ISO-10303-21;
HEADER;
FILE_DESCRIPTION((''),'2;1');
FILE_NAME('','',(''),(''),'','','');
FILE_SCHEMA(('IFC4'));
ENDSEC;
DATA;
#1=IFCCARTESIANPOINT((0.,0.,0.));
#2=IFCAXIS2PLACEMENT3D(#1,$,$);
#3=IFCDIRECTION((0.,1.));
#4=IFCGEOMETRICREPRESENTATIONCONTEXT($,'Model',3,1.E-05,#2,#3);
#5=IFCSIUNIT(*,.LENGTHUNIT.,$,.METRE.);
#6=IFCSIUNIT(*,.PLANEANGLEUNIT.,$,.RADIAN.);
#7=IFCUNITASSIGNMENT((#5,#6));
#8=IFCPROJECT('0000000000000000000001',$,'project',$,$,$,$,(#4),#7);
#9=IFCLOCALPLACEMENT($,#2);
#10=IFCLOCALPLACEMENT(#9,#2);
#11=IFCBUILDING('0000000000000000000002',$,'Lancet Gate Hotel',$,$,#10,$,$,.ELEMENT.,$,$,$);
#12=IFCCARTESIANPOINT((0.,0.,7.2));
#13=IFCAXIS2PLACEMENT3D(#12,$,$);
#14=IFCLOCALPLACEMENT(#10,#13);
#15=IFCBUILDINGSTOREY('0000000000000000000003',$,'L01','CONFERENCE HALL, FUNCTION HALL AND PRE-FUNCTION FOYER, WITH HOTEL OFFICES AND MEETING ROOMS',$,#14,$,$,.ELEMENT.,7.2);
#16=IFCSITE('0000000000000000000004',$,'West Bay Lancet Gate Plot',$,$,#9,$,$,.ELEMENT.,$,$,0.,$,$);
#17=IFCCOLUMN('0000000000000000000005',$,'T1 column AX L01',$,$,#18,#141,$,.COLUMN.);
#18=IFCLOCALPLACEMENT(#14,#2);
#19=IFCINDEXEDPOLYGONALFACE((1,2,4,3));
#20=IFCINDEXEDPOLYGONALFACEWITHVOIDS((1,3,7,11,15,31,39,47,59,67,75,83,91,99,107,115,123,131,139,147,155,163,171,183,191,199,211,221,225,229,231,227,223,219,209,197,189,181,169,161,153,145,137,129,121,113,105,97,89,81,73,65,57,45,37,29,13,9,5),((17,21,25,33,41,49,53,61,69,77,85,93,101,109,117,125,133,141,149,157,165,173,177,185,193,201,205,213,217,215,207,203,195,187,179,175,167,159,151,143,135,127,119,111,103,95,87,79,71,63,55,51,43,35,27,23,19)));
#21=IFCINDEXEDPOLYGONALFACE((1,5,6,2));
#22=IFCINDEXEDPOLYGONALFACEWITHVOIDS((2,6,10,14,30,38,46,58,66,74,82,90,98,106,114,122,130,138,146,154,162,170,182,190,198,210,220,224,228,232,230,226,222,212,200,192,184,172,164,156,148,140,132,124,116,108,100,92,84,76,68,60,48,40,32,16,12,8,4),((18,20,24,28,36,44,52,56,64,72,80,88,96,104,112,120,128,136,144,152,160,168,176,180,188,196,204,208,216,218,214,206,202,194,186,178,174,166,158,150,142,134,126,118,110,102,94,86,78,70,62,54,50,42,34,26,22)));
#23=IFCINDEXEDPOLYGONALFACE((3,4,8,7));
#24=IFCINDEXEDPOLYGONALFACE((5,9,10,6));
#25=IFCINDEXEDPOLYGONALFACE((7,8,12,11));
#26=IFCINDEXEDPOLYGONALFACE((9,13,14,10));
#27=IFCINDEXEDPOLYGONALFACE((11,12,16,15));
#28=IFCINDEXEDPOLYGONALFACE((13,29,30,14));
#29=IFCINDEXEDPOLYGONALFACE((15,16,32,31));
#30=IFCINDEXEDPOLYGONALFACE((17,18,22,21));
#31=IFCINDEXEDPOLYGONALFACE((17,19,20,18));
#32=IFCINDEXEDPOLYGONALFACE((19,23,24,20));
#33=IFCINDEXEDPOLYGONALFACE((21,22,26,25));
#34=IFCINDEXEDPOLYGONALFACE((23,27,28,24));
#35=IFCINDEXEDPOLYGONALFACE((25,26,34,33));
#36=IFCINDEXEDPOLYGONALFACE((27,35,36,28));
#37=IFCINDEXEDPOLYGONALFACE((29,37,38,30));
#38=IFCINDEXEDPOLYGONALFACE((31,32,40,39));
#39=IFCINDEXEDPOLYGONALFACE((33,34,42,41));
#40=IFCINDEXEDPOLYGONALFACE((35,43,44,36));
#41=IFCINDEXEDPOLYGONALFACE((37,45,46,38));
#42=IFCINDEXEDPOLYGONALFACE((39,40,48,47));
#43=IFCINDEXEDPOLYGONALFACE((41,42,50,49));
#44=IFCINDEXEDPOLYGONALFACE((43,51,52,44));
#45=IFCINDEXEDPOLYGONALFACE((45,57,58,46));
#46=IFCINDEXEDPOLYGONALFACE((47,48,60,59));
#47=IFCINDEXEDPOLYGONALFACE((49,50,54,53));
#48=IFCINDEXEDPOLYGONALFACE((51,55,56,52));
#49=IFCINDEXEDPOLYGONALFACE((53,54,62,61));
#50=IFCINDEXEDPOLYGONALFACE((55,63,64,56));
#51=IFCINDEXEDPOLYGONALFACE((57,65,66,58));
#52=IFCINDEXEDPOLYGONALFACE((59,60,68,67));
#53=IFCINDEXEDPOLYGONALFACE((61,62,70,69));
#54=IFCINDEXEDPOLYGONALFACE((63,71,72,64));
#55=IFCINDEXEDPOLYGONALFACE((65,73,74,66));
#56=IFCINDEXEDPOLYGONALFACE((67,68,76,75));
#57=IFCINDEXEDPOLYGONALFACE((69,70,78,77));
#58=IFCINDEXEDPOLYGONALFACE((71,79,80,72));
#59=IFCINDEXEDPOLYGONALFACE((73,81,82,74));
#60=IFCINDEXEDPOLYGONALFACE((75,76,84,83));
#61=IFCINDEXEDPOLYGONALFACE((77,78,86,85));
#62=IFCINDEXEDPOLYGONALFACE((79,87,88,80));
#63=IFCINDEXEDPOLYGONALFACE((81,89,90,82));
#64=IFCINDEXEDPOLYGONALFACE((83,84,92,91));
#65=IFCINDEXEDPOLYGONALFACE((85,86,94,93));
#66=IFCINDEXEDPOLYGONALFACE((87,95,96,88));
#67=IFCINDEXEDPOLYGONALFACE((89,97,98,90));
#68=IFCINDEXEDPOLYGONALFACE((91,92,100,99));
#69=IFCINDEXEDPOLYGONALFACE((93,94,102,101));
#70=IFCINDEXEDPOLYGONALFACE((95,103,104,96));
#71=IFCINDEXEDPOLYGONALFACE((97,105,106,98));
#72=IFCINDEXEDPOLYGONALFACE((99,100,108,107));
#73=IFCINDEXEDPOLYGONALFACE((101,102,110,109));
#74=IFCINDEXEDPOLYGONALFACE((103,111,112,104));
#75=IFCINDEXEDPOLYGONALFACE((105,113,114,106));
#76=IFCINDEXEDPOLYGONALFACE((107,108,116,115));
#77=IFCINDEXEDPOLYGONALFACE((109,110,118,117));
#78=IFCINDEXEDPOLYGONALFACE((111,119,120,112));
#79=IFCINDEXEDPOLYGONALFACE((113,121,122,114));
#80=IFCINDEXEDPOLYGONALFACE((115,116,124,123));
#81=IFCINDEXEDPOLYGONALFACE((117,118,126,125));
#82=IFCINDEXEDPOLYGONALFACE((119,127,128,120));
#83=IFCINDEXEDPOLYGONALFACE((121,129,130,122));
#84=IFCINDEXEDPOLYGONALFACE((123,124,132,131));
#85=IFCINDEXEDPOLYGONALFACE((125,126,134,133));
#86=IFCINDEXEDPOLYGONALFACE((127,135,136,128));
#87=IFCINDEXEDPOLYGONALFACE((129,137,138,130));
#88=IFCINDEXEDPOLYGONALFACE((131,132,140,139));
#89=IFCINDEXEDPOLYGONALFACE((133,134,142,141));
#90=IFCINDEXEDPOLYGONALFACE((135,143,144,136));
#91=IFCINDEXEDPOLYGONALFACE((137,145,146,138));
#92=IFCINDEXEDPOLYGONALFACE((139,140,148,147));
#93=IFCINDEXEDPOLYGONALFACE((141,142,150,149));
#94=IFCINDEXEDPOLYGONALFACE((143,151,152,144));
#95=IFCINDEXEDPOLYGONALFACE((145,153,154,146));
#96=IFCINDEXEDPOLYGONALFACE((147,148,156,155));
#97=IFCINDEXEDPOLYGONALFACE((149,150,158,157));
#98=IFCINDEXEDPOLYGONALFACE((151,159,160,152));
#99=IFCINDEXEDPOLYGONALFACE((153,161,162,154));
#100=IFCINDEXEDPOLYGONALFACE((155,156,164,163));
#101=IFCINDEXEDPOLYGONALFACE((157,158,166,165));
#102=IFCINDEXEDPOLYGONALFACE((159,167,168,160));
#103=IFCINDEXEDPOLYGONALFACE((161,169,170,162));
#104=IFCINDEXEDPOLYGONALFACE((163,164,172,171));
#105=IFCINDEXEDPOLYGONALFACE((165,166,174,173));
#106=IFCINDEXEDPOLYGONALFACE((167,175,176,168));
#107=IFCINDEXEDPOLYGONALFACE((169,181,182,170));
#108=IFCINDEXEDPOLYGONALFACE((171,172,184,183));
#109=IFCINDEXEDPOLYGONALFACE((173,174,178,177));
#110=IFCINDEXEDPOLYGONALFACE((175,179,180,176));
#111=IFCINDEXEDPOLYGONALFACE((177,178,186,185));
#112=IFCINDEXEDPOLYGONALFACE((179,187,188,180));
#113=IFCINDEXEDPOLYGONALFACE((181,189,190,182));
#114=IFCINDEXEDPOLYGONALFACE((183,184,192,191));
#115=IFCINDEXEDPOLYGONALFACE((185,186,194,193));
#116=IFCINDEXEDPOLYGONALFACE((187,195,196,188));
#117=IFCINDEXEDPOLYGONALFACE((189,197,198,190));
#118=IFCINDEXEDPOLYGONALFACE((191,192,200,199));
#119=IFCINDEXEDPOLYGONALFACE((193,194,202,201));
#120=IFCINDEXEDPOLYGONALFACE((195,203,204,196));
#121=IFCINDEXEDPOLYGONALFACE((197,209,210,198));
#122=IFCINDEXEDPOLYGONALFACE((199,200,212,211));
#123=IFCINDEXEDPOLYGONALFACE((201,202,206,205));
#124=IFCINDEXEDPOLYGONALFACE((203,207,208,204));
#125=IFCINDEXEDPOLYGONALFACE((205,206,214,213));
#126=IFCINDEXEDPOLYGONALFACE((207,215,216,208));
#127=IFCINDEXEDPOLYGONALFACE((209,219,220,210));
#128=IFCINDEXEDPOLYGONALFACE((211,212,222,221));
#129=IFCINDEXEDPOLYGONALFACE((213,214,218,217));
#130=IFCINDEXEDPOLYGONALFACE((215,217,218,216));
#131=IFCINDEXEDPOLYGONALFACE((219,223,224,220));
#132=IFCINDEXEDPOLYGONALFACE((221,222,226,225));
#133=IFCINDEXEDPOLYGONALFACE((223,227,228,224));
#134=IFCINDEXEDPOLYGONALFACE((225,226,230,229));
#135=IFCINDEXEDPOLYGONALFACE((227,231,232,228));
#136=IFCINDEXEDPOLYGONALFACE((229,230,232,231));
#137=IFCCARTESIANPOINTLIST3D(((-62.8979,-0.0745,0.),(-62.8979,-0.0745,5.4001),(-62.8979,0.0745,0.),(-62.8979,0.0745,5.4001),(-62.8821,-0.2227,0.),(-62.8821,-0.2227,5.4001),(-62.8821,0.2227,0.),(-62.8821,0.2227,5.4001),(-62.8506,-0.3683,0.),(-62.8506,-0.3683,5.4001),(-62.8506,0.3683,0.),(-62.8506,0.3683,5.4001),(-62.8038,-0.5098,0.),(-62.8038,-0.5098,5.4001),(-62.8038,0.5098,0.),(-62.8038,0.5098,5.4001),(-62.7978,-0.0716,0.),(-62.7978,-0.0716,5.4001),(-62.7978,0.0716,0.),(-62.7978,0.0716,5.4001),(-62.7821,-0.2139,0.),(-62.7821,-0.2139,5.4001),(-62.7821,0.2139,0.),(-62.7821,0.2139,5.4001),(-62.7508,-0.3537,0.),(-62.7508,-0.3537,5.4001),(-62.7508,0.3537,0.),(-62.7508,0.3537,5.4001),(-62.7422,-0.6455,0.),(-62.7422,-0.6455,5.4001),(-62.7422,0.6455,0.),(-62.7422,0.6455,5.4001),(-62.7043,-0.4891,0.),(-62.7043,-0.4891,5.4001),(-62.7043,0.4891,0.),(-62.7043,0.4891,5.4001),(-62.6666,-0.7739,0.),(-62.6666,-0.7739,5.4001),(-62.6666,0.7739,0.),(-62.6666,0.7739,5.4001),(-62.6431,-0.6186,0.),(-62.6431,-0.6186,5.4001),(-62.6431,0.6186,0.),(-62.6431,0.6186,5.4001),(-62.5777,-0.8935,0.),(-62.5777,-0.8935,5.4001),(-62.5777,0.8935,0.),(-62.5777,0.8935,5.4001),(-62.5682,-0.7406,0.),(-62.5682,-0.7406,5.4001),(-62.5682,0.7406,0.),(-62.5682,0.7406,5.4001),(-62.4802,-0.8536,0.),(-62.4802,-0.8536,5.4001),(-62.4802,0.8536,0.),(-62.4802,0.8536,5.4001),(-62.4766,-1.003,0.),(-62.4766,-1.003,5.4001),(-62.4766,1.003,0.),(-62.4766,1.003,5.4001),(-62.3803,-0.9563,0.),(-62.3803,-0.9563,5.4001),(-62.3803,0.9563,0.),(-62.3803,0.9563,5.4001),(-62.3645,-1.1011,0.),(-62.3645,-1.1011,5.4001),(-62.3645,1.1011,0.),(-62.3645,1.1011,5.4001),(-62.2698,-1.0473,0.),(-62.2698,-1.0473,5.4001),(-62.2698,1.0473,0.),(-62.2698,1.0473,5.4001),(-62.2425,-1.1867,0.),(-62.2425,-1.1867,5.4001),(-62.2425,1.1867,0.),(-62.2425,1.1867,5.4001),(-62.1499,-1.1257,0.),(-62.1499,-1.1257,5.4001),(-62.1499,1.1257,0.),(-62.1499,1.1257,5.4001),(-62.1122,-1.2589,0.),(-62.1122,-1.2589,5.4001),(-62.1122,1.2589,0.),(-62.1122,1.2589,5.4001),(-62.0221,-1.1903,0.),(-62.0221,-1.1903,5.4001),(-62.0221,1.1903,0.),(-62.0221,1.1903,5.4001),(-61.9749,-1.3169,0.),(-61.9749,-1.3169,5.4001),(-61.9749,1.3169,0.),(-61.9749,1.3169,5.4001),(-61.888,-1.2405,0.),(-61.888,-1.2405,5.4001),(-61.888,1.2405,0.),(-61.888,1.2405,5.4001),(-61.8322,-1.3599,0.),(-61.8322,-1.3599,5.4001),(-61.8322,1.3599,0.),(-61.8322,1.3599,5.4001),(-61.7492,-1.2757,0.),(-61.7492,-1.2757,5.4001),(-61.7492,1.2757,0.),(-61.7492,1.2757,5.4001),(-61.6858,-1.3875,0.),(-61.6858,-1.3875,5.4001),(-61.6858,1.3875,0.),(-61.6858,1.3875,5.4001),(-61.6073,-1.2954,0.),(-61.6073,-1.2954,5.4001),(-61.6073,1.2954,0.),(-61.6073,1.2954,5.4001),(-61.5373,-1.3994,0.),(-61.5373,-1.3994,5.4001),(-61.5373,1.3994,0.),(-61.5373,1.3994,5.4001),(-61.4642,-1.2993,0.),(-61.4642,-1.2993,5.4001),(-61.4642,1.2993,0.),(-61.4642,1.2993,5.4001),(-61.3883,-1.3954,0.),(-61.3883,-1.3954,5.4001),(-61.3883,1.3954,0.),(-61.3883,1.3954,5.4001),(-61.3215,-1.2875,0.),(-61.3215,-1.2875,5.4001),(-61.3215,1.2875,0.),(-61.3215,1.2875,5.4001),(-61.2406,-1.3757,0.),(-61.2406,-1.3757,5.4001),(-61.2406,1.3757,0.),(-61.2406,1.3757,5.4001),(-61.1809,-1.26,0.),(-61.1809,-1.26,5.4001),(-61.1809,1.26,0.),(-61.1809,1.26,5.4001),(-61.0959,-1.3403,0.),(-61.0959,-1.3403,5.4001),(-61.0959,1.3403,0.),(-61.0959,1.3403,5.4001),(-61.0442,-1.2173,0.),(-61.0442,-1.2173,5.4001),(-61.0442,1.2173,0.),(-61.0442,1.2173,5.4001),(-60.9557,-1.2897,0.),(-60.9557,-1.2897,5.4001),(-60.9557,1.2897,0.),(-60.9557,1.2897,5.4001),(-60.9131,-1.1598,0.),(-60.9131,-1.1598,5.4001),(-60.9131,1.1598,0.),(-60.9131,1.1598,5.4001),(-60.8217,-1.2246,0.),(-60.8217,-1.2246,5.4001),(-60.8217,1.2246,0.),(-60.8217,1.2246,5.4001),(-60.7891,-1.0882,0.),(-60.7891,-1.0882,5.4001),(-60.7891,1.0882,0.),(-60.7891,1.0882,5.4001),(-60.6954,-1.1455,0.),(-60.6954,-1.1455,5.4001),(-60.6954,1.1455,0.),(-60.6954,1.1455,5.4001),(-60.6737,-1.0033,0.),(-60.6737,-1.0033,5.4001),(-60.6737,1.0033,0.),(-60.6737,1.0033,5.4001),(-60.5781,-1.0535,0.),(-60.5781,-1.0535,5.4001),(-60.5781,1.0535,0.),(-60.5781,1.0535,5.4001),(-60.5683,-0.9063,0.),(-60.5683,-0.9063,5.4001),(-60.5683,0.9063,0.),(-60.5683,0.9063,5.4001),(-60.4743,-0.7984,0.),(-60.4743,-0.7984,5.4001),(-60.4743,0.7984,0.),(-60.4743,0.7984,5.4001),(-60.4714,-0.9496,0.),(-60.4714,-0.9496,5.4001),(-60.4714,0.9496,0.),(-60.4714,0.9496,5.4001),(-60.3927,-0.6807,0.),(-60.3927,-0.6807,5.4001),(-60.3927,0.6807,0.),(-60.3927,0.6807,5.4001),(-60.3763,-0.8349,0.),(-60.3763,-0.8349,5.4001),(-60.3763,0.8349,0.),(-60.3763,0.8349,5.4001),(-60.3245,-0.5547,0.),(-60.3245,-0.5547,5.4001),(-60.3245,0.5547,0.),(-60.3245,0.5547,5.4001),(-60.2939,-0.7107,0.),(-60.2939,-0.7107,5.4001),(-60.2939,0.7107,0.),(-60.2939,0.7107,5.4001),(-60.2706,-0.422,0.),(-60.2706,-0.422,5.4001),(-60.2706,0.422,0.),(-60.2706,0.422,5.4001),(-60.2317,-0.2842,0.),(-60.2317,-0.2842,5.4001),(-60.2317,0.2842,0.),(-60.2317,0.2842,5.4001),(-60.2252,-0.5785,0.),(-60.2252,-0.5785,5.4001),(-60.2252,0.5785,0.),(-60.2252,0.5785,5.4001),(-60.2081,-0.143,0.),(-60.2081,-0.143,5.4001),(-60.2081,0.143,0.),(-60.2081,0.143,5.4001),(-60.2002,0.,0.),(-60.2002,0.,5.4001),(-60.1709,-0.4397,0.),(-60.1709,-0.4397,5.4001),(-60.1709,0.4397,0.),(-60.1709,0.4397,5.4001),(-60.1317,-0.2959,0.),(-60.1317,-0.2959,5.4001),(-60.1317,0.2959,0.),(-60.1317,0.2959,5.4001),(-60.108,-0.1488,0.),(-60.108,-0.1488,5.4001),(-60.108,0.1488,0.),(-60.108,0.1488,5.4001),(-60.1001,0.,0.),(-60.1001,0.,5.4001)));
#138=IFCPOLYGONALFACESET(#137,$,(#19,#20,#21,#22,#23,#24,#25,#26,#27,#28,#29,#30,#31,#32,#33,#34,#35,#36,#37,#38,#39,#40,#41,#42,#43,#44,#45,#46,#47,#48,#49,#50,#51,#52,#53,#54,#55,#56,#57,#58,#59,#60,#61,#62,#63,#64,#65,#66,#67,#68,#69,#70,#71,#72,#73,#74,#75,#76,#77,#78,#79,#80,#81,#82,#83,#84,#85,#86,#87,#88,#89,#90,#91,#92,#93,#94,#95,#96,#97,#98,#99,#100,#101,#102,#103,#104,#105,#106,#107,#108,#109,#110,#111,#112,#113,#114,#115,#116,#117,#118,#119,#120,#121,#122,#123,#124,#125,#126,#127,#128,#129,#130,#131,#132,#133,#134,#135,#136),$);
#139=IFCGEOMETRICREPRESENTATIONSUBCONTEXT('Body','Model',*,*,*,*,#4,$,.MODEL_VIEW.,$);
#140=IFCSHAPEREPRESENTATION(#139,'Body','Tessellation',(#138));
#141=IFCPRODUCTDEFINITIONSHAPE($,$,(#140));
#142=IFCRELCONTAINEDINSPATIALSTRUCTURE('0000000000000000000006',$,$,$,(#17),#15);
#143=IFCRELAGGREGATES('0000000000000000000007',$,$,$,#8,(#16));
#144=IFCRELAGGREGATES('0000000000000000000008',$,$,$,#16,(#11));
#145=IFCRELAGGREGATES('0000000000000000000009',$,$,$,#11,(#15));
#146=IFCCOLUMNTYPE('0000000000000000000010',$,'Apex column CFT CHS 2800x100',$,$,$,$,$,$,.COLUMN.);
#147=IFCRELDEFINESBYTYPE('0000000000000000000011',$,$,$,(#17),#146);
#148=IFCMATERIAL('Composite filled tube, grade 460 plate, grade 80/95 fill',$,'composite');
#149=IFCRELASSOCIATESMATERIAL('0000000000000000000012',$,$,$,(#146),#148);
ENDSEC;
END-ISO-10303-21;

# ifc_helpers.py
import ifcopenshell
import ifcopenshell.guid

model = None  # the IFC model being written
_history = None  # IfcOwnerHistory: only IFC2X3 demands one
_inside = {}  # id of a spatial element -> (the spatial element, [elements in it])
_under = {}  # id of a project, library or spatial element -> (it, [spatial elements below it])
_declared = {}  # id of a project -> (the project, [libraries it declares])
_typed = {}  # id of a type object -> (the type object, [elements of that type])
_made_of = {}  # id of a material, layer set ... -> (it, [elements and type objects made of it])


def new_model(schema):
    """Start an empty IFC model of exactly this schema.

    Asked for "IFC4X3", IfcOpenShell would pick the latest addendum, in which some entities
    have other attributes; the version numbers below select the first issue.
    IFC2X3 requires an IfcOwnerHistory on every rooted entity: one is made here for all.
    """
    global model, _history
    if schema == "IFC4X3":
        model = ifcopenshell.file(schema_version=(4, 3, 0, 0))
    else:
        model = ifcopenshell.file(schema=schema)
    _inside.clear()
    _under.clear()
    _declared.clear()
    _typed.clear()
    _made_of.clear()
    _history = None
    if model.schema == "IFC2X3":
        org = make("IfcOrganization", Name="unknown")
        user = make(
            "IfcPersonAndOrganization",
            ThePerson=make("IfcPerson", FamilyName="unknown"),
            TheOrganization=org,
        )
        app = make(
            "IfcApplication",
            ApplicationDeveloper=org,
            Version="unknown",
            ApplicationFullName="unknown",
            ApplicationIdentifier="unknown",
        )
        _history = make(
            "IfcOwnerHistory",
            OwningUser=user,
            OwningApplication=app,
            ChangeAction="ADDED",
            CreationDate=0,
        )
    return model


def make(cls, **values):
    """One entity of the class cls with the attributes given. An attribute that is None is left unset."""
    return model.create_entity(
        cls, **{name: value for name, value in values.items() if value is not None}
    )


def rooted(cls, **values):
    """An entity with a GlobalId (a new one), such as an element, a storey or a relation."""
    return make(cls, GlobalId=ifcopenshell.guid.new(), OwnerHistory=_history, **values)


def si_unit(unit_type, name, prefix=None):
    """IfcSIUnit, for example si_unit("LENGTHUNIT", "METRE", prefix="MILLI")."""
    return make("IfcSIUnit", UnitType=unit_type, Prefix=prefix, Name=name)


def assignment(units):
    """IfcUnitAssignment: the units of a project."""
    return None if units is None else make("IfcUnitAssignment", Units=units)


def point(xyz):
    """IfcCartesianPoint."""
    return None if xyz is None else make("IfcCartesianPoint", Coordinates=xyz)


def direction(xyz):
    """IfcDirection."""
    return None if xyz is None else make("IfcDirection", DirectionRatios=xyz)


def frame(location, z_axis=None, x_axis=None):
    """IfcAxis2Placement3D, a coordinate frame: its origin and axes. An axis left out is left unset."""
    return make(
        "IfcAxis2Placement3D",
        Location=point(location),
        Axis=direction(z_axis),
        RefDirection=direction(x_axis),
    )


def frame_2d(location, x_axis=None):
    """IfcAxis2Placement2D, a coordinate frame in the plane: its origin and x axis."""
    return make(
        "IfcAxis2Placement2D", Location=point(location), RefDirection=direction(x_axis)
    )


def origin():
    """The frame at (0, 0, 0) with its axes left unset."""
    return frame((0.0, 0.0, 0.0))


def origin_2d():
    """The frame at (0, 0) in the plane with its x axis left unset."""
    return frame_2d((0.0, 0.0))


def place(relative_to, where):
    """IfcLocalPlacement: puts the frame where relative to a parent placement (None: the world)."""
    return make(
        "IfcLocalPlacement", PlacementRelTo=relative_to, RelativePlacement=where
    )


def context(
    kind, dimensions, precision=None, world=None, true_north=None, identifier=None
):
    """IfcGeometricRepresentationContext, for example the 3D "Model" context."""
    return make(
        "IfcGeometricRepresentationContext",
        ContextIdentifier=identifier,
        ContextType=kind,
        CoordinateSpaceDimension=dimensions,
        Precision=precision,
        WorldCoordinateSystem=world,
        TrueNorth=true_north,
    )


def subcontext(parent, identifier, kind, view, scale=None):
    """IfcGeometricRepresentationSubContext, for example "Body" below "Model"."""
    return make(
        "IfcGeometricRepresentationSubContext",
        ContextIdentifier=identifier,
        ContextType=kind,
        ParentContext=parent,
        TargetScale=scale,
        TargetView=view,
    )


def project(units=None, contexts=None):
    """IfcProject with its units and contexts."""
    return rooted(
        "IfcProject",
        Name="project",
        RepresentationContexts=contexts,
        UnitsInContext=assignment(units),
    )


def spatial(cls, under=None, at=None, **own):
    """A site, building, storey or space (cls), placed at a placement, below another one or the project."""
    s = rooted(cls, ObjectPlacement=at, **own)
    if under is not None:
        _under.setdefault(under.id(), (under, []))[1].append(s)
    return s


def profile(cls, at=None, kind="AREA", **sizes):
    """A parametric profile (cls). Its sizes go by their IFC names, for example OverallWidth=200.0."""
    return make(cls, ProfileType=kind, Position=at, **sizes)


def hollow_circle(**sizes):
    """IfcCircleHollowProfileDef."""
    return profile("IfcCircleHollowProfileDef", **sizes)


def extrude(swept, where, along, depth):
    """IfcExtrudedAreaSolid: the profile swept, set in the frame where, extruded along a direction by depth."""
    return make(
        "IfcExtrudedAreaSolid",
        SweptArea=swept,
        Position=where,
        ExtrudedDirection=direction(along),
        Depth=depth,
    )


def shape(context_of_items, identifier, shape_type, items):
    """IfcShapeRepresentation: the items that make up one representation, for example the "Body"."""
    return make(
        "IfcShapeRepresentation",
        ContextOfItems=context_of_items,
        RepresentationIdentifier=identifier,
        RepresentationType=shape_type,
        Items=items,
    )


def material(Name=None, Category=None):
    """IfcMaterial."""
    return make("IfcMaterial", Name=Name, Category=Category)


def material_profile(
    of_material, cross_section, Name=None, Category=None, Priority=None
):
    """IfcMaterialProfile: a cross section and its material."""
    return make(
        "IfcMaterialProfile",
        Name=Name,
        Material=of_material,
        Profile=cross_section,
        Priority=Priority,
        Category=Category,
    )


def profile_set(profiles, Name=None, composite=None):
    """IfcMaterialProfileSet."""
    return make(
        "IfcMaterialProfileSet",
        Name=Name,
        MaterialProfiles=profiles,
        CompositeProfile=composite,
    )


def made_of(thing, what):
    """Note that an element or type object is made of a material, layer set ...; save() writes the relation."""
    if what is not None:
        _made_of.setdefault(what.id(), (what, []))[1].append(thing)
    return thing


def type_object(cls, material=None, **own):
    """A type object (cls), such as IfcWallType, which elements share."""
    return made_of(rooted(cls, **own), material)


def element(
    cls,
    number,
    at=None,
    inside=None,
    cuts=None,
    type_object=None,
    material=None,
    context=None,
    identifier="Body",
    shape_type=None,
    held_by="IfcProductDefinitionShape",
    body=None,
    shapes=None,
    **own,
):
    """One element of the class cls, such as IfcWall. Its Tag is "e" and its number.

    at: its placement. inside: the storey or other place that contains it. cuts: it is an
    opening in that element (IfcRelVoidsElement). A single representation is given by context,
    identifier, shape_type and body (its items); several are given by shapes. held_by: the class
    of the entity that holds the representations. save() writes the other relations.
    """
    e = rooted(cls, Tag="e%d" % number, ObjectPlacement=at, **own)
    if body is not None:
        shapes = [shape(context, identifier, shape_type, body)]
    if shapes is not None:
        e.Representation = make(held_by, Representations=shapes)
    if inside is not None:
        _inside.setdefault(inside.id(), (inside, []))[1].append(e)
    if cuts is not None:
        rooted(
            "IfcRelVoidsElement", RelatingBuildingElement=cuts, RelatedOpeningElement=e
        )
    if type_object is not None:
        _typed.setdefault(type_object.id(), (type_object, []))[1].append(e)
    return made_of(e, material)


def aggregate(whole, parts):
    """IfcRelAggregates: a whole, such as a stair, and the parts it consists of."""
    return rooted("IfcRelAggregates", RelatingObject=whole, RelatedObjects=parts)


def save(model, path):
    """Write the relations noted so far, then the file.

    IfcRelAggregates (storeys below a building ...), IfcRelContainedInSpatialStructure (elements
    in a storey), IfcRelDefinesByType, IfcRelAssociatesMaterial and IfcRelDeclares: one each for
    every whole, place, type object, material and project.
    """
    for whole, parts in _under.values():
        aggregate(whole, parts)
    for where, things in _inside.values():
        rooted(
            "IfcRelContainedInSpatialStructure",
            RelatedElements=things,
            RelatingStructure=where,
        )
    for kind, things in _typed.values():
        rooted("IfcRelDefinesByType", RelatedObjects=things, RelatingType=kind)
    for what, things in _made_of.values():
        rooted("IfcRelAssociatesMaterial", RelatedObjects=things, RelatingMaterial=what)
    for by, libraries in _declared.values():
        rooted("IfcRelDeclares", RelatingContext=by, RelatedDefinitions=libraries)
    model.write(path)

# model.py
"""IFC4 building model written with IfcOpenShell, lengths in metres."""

from ifc_helpers import new_model, si_unit, direction, frame, origin, origin_2d, place, context, subcontext, project, spatial, hollow_circle, extrude, material, material_profile, profile_set, type_object, element, save


model = new_model("IFC4")

# Units and contexts
model_context = context("Model", 3, precision=1e-05, world=origin(), true_north=direction((0.0, 1.0)))
body_context = subcontext(model_context, "Body", "Model", "MODEL_VIEW")
ifc_project = project(units=[si_unit("LENGTHUNIT", "METRE"), si_unit("PLANEANGLEUNIT", "RADIAN")], contexts=[model_context])

# Site, building, storey
site_placement = place(None, origin())
site = spatial("IfcSite", under=ifc_project, at=site_placement, Name="West Bay Lancet Gate Plot", CompositionType="ELEMENT", RefElevation=0.0)
building_placement = place(site_placement, origin())
building = spatial("IfcBuilding", under=site, at=building_placement, Name="Lancet Gate Hotel", CompositionType="ELEMENT")
storey_placement = place(building_placement, frame((0.0, 0.0, 7.2)))
storey = spatial("IfcBuildingStorey", under=building, at=storey_placement, Name="L01", Description="CONFERENCE HALL, FUNCTION HALL AND PRE-FUNCTION FOYER, WITH HOTEL OFFICES AND MEETING ROOMS", CompositionType="ELEMENT", Elevation=7.2)

# Column
ifc_material_1 = material(Name="Composite filled tube, grade 460 plate, grade 80/95 fill", Category="composite")
ifc_material_profile_1 = material_profile(ifc_material_1, hollow_circle(Radius=1.3999, WallThickness=0.1001, at=origin_2d()), Name="CHS 2800x100")
ifc_profile_set_1 = profile_set([ifc_material_profile_1], Name="Composite filled tube, grade 460 plate, grade 80/95 fill")
column_type_1 = type_object("IfcColumnType", Name="Apex column CFT CHS 2800x100", PredefinedType="COLUMN", material=ifc_profile_set_1)
column_placement = place(storey_placement, frame((-61.5, 0.0, 0.0), z_axis=(0.0, 0.0, 1.0), x_axis=(1.0, 0.0, 0.0)))
element("IfcColumn", 1, at=column_placement, inside=storey, type_object=column_type_1, Name="T1 column AX L01", PredefinedType="COLUMN", context=body_context, shape_type="SweptSolid", body=[
    extrude(hollow_circle(Radius=1.3999, WallThickness=0.1001, at=origin_2d()), origin(), (0.0, 0.0, 1.0), 5.4001),
])

save(model, "model.ifc")
